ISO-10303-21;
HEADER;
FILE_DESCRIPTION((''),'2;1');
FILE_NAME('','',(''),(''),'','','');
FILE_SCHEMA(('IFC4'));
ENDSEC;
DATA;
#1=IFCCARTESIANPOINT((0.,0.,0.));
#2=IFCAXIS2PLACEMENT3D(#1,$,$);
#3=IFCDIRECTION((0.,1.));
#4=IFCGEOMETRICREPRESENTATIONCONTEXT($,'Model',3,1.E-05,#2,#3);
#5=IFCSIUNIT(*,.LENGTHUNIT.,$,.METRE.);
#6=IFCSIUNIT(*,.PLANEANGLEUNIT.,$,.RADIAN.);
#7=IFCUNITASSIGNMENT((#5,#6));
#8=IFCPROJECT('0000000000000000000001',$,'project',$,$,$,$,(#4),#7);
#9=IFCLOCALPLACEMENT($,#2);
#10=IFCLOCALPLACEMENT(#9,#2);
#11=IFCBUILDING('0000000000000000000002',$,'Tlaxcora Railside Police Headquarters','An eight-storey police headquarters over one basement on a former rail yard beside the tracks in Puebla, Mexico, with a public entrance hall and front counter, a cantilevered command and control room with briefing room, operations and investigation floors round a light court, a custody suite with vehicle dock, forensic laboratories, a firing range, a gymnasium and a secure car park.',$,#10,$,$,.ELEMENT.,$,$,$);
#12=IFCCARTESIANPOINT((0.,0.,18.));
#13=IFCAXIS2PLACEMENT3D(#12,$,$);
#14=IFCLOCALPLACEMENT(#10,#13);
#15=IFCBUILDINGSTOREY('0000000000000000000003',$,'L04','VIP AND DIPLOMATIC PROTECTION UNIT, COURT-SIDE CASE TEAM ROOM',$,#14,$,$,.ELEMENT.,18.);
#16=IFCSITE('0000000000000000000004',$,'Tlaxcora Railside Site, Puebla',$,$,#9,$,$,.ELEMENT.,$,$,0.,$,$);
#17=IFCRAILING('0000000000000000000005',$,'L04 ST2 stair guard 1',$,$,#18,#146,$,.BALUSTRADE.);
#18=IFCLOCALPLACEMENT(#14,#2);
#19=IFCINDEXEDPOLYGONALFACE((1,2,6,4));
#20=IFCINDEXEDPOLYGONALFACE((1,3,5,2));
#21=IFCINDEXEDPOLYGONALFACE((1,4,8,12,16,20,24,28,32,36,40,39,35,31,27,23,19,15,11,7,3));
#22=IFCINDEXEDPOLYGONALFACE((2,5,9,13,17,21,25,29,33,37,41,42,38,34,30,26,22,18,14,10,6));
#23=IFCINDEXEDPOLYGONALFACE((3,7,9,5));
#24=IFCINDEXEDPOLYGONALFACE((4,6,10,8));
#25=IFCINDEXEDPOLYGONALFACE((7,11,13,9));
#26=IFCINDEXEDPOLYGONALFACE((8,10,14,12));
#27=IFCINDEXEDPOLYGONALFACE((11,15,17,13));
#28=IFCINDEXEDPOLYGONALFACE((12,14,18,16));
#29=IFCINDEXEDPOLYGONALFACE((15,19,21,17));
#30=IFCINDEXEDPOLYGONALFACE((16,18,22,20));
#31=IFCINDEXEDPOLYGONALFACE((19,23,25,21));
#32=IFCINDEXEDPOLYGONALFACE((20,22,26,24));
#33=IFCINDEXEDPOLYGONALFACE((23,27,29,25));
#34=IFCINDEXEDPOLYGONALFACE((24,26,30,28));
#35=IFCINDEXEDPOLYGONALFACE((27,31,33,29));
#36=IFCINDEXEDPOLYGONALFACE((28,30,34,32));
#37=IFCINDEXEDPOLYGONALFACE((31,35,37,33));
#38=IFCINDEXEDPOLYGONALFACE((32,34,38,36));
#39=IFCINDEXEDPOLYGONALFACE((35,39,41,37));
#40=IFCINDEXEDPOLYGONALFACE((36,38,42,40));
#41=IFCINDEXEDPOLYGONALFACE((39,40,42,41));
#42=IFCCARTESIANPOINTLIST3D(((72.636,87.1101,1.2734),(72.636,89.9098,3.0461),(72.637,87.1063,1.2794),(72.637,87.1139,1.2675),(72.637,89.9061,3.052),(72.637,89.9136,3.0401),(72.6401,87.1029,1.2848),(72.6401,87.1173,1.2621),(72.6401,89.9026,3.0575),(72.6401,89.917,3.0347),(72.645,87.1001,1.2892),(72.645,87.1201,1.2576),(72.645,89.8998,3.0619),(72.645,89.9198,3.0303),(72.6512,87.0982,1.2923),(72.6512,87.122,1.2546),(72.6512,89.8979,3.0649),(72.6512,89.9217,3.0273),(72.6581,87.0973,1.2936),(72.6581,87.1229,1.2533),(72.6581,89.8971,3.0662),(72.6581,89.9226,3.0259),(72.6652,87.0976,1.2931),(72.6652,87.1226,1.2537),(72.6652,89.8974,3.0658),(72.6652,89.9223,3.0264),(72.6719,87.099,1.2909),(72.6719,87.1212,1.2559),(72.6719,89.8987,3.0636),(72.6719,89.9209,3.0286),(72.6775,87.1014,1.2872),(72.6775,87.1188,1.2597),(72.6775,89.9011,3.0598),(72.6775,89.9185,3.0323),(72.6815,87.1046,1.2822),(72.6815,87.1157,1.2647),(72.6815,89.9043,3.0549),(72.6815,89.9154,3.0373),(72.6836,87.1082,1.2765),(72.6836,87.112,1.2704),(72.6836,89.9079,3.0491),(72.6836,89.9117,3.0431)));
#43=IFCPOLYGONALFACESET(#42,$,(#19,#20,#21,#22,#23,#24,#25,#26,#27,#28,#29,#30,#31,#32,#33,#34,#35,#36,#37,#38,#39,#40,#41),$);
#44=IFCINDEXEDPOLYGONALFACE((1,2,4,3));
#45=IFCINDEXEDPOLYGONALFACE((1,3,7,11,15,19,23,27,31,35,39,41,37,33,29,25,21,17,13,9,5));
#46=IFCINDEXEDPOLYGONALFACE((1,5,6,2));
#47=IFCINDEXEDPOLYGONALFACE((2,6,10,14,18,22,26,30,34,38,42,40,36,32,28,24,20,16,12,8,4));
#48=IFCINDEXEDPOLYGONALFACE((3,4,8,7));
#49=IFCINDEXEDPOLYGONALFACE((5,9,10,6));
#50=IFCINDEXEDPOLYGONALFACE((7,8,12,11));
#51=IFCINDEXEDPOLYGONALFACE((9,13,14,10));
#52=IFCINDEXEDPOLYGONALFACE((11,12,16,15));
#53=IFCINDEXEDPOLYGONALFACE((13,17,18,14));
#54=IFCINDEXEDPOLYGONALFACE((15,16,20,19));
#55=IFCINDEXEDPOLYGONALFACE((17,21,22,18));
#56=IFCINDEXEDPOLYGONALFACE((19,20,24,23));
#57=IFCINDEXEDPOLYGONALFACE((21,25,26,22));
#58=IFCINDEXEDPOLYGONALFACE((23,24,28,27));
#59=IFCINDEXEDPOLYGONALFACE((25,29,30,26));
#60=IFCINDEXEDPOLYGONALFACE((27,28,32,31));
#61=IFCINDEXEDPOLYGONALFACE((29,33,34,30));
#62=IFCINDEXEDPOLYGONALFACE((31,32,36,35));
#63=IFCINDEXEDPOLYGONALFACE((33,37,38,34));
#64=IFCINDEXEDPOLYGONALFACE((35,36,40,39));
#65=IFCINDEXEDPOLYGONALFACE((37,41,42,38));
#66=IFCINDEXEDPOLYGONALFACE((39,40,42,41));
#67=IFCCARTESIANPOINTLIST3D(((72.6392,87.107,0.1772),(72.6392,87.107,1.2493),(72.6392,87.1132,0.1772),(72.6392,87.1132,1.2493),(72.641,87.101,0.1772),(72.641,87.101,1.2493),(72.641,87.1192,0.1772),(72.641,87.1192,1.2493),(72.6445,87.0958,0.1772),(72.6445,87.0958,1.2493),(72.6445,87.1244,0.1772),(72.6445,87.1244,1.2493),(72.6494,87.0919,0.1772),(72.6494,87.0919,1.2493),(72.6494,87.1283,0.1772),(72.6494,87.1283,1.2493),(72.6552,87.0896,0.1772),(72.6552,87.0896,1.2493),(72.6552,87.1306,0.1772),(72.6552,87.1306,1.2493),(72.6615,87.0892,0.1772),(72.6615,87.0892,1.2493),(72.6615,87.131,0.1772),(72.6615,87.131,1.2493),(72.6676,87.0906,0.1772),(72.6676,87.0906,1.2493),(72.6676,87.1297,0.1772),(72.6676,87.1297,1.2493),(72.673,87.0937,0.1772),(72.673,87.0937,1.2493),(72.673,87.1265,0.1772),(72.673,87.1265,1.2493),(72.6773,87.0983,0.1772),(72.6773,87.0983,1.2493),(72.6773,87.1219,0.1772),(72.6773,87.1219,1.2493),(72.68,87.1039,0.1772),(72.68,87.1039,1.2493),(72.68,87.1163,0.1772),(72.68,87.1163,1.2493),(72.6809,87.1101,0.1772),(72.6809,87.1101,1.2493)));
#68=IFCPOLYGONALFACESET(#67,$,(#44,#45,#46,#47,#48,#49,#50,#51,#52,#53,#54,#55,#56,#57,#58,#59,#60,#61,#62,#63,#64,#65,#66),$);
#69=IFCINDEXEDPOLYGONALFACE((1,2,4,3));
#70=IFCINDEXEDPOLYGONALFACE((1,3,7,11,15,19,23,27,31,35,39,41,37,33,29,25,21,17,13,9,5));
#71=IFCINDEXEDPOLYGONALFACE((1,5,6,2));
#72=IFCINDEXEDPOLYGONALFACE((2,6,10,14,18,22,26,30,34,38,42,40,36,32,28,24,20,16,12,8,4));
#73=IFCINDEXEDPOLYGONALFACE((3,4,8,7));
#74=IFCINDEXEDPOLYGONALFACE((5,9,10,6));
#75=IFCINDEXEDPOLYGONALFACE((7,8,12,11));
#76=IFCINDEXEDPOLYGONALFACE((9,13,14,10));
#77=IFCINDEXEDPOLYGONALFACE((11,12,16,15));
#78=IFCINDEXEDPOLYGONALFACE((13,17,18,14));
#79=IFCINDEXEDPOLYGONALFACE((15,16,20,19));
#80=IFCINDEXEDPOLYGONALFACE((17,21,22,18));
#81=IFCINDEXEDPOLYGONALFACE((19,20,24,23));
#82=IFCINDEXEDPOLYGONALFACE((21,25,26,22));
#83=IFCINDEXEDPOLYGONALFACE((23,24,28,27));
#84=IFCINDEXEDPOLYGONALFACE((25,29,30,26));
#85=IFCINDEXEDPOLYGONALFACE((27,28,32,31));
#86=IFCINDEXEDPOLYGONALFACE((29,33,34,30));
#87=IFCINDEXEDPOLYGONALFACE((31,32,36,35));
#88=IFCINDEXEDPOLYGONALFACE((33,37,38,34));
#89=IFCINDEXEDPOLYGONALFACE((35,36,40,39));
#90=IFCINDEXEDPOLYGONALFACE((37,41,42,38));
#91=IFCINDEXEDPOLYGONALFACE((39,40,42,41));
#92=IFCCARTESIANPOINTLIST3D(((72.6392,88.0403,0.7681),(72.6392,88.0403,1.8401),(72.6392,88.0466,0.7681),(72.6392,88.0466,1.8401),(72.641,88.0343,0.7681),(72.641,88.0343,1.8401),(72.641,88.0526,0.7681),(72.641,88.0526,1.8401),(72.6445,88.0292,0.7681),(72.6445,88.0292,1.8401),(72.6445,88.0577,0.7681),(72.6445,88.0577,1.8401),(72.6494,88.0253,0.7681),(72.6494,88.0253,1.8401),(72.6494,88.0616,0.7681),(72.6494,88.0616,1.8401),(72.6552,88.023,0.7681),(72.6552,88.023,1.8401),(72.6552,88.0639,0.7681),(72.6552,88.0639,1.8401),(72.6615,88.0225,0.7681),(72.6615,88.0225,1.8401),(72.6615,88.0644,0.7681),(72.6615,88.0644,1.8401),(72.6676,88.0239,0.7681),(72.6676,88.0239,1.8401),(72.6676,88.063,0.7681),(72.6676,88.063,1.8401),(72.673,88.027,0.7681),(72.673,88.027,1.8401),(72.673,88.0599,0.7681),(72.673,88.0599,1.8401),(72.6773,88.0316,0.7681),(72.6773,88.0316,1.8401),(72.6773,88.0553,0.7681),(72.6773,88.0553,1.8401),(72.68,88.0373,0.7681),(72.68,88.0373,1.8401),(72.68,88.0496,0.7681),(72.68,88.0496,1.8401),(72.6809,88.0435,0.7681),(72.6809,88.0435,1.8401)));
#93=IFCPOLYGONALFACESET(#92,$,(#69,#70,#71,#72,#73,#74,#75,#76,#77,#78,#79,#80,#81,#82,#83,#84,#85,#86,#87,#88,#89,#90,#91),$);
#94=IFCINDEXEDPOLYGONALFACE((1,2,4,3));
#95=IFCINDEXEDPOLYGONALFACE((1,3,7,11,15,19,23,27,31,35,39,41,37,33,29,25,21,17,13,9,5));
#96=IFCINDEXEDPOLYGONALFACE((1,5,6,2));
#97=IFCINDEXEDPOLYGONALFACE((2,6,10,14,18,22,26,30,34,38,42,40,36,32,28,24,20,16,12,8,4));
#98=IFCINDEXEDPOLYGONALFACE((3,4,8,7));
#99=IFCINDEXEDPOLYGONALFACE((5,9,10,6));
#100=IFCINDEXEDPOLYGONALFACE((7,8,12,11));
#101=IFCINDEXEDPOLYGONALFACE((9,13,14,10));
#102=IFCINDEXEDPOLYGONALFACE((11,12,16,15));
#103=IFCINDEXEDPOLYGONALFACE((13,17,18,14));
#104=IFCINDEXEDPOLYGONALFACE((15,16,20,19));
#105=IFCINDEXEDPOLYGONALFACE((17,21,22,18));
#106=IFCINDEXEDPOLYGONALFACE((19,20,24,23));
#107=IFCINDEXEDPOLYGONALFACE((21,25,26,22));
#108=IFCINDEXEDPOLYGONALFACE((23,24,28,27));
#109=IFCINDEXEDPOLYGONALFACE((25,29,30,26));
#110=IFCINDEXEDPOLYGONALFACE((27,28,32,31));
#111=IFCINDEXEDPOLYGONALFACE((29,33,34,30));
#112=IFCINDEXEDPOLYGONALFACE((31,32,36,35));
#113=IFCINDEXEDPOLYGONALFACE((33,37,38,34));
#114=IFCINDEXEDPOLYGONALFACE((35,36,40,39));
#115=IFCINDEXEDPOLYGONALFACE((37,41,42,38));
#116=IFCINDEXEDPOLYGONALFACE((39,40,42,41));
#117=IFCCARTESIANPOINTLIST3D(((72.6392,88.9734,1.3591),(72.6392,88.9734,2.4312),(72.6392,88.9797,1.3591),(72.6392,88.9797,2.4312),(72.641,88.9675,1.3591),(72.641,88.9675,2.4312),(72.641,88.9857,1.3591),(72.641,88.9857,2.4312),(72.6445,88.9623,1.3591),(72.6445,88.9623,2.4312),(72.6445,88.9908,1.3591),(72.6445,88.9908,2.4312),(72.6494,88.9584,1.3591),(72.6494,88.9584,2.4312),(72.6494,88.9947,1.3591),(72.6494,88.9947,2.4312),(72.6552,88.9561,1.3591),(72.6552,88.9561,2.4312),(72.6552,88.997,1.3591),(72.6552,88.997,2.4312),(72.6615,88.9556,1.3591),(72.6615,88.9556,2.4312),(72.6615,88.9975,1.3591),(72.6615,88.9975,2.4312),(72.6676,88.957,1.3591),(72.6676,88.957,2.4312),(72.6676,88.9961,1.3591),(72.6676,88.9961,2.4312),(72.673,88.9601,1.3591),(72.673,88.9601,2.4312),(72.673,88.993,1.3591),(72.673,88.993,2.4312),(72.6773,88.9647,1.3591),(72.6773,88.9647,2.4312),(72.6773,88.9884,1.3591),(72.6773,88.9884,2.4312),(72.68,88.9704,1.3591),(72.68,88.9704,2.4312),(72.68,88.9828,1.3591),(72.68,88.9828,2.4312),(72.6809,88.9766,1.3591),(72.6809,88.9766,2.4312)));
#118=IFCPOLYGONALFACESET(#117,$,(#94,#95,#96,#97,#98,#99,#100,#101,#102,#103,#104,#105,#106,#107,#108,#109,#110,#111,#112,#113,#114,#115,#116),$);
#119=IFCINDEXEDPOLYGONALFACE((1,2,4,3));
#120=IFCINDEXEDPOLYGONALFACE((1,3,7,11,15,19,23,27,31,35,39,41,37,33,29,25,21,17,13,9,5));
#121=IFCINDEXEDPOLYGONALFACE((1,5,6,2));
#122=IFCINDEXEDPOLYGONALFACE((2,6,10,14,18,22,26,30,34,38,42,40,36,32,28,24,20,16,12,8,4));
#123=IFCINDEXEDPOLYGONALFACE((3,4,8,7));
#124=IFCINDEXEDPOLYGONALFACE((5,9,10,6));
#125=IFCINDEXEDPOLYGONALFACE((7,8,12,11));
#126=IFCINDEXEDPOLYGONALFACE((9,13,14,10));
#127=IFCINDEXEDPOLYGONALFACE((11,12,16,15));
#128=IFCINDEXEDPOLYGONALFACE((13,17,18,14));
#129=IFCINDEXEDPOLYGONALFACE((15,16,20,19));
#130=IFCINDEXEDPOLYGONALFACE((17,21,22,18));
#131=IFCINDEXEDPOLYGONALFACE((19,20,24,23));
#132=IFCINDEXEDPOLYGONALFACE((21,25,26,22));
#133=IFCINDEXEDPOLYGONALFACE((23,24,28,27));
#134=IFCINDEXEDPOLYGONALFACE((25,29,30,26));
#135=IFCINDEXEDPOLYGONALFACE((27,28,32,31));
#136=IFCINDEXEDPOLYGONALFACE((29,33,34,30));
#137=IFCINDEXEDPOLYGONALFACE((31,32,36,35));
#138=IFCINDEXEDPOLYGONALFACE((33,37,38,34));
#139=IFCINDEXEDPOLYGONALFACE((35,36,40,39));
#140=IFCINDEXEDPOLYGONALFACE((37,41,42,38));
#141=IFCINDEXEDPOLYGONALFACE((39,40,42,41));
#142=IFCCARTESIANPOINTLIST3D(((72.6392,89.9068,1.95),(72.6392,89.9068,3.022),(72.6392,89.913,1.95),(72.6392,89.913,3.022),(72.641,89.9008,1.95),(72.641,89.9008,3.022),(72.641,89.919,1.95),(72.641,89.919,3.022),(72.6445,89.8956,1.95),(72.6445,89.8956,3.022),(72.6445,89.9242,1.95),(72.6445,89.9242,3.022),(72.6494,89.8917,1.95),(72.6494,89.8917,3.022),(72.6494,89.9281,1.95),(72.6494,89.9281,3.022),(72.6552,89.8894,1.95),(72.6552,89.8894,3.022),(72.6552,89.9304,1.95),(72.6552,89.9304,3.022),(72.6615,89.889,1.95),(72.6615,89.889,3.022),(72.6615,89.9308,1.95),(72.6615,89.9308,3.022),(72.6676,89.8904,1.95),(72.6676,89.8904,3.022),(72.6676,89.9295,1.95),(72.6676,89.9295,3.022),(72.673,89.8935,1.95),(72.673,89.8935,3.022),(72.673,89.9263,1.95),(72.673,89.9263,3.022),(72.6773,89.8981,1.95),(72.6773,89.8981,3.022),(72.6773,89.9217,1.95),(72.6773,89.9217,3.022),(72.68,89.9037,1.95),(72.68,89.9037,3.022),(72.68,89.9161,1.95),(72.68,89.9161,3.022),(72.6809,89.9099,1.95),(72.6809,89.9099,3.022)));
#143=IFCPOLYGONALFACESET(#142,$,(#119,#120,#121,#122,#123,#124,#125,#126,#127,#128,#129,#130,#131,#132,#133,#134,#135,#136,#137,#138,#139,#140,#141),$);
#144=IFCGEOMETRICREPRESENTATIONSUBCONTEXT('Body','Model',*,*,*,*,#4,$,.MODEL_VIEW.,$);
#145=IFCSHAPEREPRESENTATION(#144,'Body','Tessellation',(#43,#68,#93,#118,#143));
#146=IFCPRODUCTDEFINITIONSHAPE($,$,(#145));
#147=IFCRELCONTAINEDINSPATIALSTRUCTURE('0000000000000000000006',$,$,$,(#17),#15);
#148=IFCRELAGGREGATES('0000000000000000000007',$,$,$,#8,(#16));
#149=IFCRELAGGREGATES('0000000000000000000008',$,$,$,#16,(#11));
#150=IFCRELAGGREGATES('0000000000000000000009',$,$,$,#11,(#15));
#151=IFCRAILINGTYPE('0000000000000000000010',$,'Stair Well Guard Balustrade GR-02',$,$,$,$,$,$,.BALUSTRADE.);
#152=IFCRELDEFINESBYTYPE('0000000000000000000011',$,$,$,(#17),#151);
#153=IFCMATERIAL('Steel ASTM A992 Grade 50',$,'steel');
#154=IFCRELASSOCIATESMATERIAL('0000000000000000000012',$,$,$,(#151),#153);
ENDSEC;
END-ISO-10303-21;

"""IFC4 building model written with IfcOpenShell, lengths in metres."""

from ifc_helpers import new_model, si_unit, direction, frame, origin, origin_2d, place, context, subcontext, project, spatial, circle, extrude, material, type_object, element, save


model = new_model("IFC4")

# Units and contexts
model_context = context("Model", 3, precision=1e-05, world=origin(), true_north=direction((0.0, 1.0)))
body_context = subcontext(model_context, "Body", "Model", "MODEL_VIEW")
ifc_project = project(units=[si_unit("LENGTHUNIT", "METRE"), si_unit("PLANEANGLEUNIT", "RADIAN")], contexts=[model_context])

# Site, building, storey
site_placement = place(None, origin())
site = spatial("IfcSite", under=ifc_project, at=site_placement, Name="Tlaxcora Railside Site, Puebla", CompositionType="ELEMENT", RefElevation=0.0)
building_placement = place(site_placement, origin())
building = spatial("IfcBuilding", under=site, at=building_placement, Name="Tlaxcora Railside Police Headquarters", Description="An eight-storey police headquarters over one basement on a former rail yard beside the tracks in Puebla, Mexico, with a public entrance hall and front counter, a cantilevered command and control room with briefing room, operations and investigation floors round a light court, a custody suite with vehicle dock, forensic laboratories, a firing range, a gymnasium and a secure car park.", CompositionType="ELEMENT")
storey_placement = place(building_placement, frame((0.0, 0.0, 18.0)))
storey = spatial("IfcBuildingStorey", under=building, at=storey_placement, Name="L04", Description="VIP AND DIPLOMATIC PROTECTION UNIT, COURT-SIDE CASE TEAM ROOM", CompositionType="ELEMENT", Elevation=18.0)

# Shared definitions
ifc_material_1 = material(Name="Steel ASTM A992 Grade 50", Category="steel")

# Railing
railing_type_1 = type_object("IfcRailingType", Name="Stair Well Guard Balustrade GR-02", PredefinedType="BALUSTRADE", material=ifc_material_1)
railing_1_placement = place(storey_placement, frame((72.6599, 87.1101, 0.1772)))
element("IfcRailing", 1, at=railing_1_placement, inside=storey, type_object=railing_type_1, Name="L04 ST2 stair guard 1", PredefinedType="BALUSTRADE", context=body_context, shape_type="SweptSolid", body=[
    extrude(circle(Radius=0.0239, at=origin_2d()), frame((0.0, 0.0, 1.0962), z_axis=(0.0, 0.844888, 0.534943), x_axis=(-1.0, 0.0, 0.0)), (0.0, 0.0, 1.0), 3.3137),
    extrude(circle(Radius=0.021, at=origin_2d()), origin(), (0.0, 0.0, 1.0), 1.072),
    extrude(circle(Radius=0.021, at=origin_2d()), frame((0.0, 0.9333, 0.5908)), (0.0, 0.0, 1.0), 1.072),
    extrude(circle(Radius=0.021, at=origin_2d()), frame((0.0, 1.8665, 1.1819)), (0.0, 0.0, 1.0), 1.072),
    extrude(circle(Radius=0.021, at=origin_2d()), frame((0.0, 2.7998, 1.7727)), (0.0, 0.0, 1.0), 1.072),
])

save(model, "model.ifc")
